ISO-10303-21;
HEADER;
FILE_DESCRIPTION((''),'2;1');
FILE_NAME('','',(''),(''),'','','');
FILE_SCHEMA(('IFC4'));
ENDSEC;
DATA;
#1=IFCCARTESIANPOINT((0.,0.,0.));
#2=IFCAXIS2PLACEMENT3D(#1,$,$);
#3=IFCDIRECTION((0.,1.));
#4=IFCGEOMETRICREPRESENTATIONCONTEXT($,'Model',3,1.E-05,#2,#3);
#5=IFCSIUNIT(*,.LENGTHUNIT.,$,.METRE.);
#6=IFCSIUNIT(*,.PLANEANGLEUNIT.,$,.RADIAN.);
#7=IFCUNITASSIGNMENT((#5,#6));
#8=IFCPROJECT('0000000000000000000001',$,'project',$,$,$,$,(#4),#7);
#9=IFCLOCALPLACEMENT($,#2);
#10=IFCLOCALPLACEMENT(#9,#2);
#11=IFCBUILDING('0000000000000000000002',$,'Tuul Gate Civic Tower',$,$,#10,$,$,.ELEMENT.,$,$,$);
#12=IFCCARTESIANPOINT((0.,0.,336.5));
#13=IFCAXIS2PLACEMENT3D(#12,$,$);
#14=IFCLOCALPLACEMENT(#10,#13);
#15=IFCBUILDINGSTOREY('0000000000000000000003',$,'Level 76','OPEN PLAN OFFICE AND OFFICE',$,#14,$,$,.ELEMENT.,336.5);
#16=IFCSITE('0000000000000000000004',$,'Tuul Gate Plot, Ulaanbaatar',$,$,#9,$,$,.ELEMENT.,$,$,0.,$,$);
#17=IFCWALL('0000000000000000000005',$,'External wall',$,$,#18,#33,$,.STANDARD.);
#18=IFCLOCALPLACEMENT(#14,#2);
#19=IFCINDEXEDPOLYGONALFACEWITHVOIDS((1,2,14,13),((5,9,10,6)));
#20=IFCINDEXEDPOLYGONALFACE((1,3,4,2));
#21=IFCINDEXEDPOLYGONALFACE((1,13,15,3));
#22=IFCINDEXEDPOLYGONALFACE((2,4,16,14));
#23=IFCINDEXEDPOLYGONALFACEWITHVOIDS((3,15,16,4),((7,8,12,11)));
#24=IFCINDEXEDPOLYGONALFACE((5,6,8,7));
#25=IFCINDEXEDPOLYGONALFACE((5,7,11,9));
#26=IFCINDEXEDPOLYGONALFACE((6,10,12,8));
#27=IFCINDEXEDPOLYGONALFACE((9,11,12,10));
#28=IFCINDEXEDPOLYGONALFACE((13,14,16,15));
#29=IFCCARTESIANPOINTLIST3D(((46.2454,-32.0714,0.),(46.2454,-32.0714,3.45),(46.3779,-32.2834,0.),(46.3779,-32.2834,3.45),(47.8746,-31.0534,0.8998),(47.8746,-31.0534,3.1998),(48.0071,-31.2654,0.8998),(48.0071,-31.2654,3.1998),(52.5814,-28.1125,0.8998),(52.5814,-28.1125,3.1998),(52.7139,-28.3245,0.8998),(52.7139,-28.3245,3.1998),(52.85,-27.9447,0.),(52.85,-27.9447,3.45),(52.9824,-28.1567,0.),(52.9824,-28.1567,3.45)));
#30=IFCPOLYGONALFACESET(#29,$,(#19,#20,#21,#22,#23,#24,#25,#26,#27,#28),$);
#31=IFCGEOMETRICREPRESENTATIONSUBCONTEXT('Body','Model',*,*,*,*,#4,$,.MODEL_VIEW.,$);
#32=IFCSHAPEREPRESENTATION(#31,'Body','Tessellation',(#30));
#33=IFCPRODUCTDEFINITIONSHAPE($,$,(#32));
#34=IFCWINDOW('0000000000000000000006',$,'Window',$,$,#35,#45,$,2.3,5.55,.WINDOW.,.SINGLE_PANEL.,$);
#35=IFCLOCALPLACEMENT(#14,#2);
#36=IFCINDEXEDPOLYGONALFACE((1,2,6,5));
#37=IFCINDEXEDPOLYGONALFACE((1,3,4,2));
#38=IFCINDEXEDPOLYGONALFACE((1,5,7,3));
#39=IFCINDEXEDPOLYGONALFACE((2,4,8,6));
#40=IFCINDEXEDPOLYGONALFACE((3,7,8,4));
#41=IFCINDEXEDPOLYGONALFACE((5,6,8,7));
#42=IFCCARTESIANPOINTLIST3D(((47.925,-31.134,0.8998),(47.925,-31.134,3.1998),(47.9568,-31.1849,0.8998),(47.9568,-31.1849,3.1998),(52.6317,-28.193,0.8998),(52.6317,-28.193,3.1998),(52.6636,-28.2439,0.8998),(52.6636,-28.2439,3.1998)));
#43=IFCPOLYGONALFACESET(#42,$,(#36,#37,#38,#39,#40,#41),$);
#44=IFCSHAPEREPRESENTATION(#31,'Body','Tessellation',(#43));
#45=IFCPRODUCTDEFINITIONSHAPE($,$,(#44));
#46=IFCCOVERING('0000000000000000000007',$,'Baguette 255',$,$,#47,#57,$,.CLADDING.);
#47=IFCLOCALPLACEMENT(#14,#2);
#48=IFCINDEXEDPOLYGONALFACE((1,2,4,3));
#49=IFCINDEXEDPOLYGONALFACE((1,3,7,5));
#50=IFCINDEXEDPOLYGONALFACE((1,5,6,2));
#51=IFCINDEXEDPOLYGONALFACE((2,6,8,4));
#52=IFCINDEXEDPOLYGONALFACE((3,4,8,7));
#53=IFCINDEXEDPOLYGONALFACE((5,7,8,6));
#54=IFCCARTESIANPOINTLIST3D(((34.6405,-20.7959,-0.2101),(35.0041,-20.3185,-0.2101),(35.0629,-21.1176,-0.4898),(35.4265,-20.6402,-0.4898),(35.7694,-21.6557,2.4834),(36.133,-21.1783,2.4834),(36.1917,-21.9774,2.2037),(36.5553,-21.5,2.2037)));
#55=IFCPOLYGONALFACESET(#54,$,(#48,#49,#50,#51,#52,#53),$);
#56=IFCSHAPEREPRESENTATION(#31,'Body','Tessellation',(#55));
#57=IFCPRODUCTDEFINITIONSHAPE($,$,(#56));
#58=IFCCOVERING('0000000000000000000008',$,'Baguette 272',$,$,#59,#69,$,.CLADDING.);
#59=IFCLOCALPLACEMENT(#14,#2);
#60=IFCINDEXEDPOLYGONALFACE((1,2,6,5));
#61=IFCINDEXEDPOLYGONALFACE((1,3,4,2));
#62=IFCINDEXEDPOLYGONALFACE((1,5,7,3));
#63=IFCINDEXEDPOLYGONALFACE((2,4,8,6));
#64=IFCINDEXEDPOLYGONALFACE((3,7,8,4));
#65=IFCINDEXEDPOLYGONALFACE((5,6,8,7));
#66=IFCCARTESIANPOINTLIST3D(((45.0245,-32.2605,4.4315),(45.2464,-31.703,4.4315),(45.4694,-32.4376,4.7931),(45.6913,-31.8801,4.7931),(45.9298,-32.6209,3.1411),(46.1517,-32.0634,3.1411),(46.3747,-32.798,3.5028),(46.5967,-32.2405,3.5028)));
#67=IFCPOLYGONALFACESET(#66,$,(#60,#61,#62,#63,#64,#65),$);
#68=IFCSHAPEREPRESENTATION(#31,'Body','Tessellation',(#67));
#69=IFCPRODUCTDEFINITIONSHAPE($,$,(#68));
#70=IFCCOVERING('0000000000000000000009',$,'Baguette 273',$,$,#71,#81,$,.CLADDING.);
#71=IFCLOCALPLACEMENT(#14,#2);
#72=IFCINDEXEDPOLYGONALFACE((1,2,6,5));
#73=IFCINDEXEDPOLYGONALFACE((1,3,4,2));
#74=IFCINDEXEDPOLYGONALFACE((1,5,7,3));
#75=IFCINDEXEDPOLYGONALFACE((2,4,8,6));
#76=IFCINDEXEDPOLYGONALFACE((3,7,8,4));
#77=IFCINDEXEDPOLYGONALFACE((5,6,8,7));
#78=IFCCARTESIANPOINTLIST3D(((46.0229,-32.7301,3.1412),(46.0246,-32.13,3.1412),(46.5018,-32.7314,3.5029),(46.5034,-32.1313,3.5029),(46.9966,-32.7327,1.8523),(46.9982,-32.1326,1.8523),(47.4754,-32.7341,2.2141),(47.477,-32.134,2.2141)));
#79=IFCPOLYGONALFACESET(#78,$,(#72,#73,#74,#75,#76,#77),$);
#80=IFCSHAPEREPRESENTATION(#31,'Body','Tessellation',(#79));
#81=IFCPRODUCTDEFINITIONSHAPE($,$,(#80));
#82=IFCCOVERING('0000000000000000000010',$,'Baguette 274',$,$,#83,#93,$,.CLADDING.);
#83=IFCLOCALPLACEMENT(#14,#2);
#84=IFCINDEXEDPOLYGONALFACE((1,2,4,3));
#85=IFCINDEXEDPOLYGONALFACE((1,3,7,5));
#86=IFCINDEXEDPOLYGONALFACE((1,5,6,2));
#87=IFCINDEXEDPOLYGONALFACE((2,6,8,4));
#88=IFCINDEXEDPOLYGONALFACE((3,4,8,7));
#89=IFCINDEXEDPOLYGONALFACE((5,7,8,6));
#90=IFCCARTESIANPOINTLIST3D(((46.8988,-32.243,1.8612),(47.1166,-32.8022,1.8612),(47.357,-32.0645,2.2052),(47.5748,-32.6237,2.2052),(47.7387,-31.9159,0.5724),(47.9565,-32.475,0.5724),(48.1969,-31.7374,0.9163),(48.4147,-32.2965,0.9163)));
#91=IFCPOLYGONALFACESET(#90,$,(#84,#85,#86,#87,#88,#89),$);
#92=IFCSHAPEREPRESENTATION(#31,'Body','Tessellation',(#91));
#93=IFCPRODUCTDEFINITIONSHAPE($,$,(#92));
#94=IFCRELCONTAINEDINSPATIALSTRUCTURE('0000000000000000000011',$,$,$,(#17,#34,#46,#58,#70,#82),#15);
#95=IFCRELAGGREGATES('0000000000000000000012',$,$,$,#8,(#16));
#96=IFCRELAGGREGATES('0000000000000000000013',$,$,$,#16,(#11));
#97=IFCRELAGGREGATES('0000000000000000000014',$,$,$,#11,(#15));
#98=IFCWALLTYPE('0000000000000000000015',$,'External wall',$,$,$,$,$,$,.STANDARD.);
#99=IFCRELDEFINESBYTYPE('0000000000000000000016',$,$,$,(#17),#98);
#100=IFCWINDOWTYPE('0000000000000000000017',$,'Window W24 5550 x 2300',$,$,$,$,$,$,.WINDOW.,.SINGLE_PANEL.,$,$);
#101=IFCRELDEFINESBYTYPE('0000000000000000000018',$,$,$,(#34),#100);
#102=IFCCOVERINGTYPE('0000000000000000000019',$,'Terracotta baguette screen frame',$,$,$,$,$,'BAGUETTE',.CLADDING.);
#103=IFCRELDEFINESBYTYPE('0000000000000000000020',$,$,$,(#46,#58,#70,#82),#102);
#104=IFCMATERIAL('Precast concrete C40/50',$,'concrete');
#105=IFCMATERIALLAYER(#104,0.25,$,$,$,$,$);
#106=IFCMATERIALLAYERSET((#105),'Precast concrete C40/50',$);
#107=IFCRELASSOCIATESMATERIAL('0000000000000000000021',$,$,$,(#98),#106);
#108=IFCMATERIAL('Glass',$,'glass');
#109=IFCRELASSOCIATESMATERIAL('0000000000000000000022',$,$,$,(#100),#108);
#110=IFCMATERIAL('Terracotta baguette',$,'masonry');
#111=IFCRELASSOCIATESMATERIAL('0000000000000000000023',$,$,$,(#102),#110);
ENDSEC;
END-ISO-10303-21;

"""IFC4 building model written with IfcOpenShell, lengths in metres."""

from ifc_helpers import new_model, si_unit, direction, frame, frame_2d, origin, origin_2d, place, context, subcontext, project, spatial, rectangle, extrude, material, layer, layer_set, material_profile, profile_set, type_object, element, fill, save


model = new_model("IFC4")

# Units and contexts
model_context = context("Model", 3, precision=1e-05, world=origin(), true_north=direction((0.0, 1.0)))
body_context = subcontext(model_context, "Body", "Model", "MODEL_VIEW")
ifc_project = project(units=[si_unit("LENGTHUNIT", "METRE"), si_unit("PLANEANGLEUNIT", "RADIAN")], contexts=[model_context])

# Site, building, storey
site_placement = place(None, origin())
site = spatial("IfcSite", under=ifc_project, at=site_placement, Name="Tuul Gate Plot, Ulaanbaatar", CompositionType="ELEMENT", RefElevation=0.0)
building_placement = place(site_placement, origin())
building = spatial("IfcBuilding", under=site, at=building_placement, Name="Tuul Gate Civic Tower", CompositionType="ELEMENT")
storey_placement = place(building_placement, frame((0.0, 0.0, 336.5)))
storey = spatial("IfcBuildingStorey", under=building, at=storey_placement, Name="Level 76", Description="OPEN PLAN OFFICE AND OFFICE", CompositionType="ELEMENT", Elevation=336.5)

# Wall, opening, window
ifc_material_1 = material(Name="Precast concrete C40/50", Category="concrete")
ifc_layer_1 = layer(ifc_material_1, 0.25)
ifc_layer_set_1 = layer_set([ifc_layer_1], Name="Precast concrete C40/50")
wall_type_1 = type_object("IfcWallType", Name="External wall", PredefinedType="STANDARD", material=ifc_layer_set_1)
wall_1_placement = place(storey_placement, frame((46.3115, -32.1775, 0.0), z_axis=(0.0, 0.0, 1.0), x_axis=(0.848062, 0.529897, 0.0)))
wall_1 = element("IfcWall", 1, at=wall_1_placement, inside=storey, type_object=wall_type_1, Name="External wall", PredefinedType="STANDARD", context=body_context, shape_type="SweptSolid", body=[
    extrude(rectangle(XDim=7.7878, YDim=0.25, at=frame_2d((3.894, 0.0))), origin(), (0.0, 0.0, 1.0), 3.45),
])
opening_1_placement = place(wall_1_placement, frame((1.9214, 0.0, 0.8999)))
opening_1 = element("IfcOpeningElement", 2, at=opening_1_placement, cuts=wall_1, PredefinedType="OPENING", context=body_context, shape_type="SweptSolid", body=[
    extrude(rectangle(XDim=5.55, YDim=2.3, at=frame_2d((2.7749, 1.1499))), frame((0.0, 0.135, 0.0), z_axis=(0.0, -1.0, 0.0), x_axis=(1.0, 0.0, 0.0)), (0.0, 0.0, 1.0), 0.27),
])
ifc_material_2 = material(Name="Glass", Category="glass")
window_type_1 = type_object("IfcWindowType", Name="Window W24 5550 x 2300", PartitioningType="SINGLE_PANEL", PredefinedType="WINDOW", material=ifc_material_2)
window_1_placement = place(opening_1_placement, origin())
window_1 = element("IfcWindow", 3, at=window_1_placement, inside=storey, type_object=window_type_1, Name="Window", OverallHeight=2.3, OverallWidth=5.55, PartitioningType="SINGLE_PANEL", PredefinedType="WINDOW", context=body_context, shape_type="SweptSolid", body=[
    extrude(rectangle(XDim=5.55, YDim=2.3, at=frame_2d((2.7749, 1.1499))), frame((0.0, 0.03, 0.0), z_axis=(0.0, -1.0, 0.0), x_axis=(1.0, 0.0, 0.0)), (0.0, 0.0, 1.0), 0.0601),
])
fill(opening_1, window_1)

# Coverings
ifc_material_3 = material(Name="Terracotta baguette", Category="masonry")
ifc_material_profile_1 = material_profile(ifc_material_3, rectangle(XDim=0.6001, YDim=0.6001, at=origin_2d()), Name="Terracotta baguette screen frame")
ifc_profile_set_1 = profile_set([ifc_material_profile_1], Name="Terracotta baguette")
covering_type = type_object("IfcCoveringType", Name="Terracotta baguette screen frame", ElementType="BAGUETTE", PredefinedType="CLADDING", material=ifc_profile_set_1)
covering_1_placement = place(storey_placement, frame((36.1624, -21.5779, 2.3435), z_axis=(-0.370796, 0.282427, -0.884729), x_axis=(-0.605929, -0.795519, 0.0)))
element("IfcCovering", 4, at=covering_1_placement, inside=storey, type_object=covering_type, Name="Baguette 255", PredefinedType="CLADDING", context=body_context, shape_type="SweptSolid", body=[
    extrude(rectangle(XDim=0.6001, YDim=0.6001, at=origin_2d()), origin(), (0.0, 0.0, 1.0), 3.0444),
])
covering_2_placement = place(storey_placement, frame((45.3579, -32.0703, 4.6123), z_axis=(0.559899, -0.222873, -0.798023), x_axis=(0.369835, 0.929097, 0.0)))
element("IfcCovering", 5, at=covering_2_placement, inside=storey, type_object=covering_type, Name="Baguette 272", PredefinedType="CLADDING", context=body_context, shape_type="SweptSolid", body=[
    extrude(rectangle(XDim=0.6001, YDim=0.6001, at=origin_2d()), origin(), (0.0, 0.0, 1.0), 1.6169),
])
covering_3_placement = place(storey_placement, frame((46.2632, -32.4307, 3.322), z_axis=(0.602777, -0.001663, -0.797908), x_axis=(0.002758, 0.999996, 0.0)))
element("IfcCovering", 6, at=covering_3_placement, inside=storey, type_object=covering_type, Name="Baguette 273", PredefinedType="CLADDING", context=body_context, shape_type="SweptSolid", body=[
    extrude(rectangle(XDim=0.6001, YDim=0.6001, at=origin_2d()), origin(), (0.0, 0.0, 1.0), 1.6152),
])
covering_4_placement = place(storey_placement, frame((47.2368, -32.4333, 2.0332), z_axis=(0.534011, 0.208016, -0.819489), x_axis=(-0.362969, 0.931801, 0.0)))
element("IfcCovering", 7, at=covering_4_placement, inside=storey, type_object=covering_type, Name="Baguette 274", PredefinedType="CLADDING", context=body_context, shape_type="SweptSolid", body=[
    extrude(rectangle(XDim=0.6001, YDim=0.6001, at=origin_2d()), origin(), (0.0, 0.0, 1.0), 1.5728),
])

save(model, "model.ifc")
